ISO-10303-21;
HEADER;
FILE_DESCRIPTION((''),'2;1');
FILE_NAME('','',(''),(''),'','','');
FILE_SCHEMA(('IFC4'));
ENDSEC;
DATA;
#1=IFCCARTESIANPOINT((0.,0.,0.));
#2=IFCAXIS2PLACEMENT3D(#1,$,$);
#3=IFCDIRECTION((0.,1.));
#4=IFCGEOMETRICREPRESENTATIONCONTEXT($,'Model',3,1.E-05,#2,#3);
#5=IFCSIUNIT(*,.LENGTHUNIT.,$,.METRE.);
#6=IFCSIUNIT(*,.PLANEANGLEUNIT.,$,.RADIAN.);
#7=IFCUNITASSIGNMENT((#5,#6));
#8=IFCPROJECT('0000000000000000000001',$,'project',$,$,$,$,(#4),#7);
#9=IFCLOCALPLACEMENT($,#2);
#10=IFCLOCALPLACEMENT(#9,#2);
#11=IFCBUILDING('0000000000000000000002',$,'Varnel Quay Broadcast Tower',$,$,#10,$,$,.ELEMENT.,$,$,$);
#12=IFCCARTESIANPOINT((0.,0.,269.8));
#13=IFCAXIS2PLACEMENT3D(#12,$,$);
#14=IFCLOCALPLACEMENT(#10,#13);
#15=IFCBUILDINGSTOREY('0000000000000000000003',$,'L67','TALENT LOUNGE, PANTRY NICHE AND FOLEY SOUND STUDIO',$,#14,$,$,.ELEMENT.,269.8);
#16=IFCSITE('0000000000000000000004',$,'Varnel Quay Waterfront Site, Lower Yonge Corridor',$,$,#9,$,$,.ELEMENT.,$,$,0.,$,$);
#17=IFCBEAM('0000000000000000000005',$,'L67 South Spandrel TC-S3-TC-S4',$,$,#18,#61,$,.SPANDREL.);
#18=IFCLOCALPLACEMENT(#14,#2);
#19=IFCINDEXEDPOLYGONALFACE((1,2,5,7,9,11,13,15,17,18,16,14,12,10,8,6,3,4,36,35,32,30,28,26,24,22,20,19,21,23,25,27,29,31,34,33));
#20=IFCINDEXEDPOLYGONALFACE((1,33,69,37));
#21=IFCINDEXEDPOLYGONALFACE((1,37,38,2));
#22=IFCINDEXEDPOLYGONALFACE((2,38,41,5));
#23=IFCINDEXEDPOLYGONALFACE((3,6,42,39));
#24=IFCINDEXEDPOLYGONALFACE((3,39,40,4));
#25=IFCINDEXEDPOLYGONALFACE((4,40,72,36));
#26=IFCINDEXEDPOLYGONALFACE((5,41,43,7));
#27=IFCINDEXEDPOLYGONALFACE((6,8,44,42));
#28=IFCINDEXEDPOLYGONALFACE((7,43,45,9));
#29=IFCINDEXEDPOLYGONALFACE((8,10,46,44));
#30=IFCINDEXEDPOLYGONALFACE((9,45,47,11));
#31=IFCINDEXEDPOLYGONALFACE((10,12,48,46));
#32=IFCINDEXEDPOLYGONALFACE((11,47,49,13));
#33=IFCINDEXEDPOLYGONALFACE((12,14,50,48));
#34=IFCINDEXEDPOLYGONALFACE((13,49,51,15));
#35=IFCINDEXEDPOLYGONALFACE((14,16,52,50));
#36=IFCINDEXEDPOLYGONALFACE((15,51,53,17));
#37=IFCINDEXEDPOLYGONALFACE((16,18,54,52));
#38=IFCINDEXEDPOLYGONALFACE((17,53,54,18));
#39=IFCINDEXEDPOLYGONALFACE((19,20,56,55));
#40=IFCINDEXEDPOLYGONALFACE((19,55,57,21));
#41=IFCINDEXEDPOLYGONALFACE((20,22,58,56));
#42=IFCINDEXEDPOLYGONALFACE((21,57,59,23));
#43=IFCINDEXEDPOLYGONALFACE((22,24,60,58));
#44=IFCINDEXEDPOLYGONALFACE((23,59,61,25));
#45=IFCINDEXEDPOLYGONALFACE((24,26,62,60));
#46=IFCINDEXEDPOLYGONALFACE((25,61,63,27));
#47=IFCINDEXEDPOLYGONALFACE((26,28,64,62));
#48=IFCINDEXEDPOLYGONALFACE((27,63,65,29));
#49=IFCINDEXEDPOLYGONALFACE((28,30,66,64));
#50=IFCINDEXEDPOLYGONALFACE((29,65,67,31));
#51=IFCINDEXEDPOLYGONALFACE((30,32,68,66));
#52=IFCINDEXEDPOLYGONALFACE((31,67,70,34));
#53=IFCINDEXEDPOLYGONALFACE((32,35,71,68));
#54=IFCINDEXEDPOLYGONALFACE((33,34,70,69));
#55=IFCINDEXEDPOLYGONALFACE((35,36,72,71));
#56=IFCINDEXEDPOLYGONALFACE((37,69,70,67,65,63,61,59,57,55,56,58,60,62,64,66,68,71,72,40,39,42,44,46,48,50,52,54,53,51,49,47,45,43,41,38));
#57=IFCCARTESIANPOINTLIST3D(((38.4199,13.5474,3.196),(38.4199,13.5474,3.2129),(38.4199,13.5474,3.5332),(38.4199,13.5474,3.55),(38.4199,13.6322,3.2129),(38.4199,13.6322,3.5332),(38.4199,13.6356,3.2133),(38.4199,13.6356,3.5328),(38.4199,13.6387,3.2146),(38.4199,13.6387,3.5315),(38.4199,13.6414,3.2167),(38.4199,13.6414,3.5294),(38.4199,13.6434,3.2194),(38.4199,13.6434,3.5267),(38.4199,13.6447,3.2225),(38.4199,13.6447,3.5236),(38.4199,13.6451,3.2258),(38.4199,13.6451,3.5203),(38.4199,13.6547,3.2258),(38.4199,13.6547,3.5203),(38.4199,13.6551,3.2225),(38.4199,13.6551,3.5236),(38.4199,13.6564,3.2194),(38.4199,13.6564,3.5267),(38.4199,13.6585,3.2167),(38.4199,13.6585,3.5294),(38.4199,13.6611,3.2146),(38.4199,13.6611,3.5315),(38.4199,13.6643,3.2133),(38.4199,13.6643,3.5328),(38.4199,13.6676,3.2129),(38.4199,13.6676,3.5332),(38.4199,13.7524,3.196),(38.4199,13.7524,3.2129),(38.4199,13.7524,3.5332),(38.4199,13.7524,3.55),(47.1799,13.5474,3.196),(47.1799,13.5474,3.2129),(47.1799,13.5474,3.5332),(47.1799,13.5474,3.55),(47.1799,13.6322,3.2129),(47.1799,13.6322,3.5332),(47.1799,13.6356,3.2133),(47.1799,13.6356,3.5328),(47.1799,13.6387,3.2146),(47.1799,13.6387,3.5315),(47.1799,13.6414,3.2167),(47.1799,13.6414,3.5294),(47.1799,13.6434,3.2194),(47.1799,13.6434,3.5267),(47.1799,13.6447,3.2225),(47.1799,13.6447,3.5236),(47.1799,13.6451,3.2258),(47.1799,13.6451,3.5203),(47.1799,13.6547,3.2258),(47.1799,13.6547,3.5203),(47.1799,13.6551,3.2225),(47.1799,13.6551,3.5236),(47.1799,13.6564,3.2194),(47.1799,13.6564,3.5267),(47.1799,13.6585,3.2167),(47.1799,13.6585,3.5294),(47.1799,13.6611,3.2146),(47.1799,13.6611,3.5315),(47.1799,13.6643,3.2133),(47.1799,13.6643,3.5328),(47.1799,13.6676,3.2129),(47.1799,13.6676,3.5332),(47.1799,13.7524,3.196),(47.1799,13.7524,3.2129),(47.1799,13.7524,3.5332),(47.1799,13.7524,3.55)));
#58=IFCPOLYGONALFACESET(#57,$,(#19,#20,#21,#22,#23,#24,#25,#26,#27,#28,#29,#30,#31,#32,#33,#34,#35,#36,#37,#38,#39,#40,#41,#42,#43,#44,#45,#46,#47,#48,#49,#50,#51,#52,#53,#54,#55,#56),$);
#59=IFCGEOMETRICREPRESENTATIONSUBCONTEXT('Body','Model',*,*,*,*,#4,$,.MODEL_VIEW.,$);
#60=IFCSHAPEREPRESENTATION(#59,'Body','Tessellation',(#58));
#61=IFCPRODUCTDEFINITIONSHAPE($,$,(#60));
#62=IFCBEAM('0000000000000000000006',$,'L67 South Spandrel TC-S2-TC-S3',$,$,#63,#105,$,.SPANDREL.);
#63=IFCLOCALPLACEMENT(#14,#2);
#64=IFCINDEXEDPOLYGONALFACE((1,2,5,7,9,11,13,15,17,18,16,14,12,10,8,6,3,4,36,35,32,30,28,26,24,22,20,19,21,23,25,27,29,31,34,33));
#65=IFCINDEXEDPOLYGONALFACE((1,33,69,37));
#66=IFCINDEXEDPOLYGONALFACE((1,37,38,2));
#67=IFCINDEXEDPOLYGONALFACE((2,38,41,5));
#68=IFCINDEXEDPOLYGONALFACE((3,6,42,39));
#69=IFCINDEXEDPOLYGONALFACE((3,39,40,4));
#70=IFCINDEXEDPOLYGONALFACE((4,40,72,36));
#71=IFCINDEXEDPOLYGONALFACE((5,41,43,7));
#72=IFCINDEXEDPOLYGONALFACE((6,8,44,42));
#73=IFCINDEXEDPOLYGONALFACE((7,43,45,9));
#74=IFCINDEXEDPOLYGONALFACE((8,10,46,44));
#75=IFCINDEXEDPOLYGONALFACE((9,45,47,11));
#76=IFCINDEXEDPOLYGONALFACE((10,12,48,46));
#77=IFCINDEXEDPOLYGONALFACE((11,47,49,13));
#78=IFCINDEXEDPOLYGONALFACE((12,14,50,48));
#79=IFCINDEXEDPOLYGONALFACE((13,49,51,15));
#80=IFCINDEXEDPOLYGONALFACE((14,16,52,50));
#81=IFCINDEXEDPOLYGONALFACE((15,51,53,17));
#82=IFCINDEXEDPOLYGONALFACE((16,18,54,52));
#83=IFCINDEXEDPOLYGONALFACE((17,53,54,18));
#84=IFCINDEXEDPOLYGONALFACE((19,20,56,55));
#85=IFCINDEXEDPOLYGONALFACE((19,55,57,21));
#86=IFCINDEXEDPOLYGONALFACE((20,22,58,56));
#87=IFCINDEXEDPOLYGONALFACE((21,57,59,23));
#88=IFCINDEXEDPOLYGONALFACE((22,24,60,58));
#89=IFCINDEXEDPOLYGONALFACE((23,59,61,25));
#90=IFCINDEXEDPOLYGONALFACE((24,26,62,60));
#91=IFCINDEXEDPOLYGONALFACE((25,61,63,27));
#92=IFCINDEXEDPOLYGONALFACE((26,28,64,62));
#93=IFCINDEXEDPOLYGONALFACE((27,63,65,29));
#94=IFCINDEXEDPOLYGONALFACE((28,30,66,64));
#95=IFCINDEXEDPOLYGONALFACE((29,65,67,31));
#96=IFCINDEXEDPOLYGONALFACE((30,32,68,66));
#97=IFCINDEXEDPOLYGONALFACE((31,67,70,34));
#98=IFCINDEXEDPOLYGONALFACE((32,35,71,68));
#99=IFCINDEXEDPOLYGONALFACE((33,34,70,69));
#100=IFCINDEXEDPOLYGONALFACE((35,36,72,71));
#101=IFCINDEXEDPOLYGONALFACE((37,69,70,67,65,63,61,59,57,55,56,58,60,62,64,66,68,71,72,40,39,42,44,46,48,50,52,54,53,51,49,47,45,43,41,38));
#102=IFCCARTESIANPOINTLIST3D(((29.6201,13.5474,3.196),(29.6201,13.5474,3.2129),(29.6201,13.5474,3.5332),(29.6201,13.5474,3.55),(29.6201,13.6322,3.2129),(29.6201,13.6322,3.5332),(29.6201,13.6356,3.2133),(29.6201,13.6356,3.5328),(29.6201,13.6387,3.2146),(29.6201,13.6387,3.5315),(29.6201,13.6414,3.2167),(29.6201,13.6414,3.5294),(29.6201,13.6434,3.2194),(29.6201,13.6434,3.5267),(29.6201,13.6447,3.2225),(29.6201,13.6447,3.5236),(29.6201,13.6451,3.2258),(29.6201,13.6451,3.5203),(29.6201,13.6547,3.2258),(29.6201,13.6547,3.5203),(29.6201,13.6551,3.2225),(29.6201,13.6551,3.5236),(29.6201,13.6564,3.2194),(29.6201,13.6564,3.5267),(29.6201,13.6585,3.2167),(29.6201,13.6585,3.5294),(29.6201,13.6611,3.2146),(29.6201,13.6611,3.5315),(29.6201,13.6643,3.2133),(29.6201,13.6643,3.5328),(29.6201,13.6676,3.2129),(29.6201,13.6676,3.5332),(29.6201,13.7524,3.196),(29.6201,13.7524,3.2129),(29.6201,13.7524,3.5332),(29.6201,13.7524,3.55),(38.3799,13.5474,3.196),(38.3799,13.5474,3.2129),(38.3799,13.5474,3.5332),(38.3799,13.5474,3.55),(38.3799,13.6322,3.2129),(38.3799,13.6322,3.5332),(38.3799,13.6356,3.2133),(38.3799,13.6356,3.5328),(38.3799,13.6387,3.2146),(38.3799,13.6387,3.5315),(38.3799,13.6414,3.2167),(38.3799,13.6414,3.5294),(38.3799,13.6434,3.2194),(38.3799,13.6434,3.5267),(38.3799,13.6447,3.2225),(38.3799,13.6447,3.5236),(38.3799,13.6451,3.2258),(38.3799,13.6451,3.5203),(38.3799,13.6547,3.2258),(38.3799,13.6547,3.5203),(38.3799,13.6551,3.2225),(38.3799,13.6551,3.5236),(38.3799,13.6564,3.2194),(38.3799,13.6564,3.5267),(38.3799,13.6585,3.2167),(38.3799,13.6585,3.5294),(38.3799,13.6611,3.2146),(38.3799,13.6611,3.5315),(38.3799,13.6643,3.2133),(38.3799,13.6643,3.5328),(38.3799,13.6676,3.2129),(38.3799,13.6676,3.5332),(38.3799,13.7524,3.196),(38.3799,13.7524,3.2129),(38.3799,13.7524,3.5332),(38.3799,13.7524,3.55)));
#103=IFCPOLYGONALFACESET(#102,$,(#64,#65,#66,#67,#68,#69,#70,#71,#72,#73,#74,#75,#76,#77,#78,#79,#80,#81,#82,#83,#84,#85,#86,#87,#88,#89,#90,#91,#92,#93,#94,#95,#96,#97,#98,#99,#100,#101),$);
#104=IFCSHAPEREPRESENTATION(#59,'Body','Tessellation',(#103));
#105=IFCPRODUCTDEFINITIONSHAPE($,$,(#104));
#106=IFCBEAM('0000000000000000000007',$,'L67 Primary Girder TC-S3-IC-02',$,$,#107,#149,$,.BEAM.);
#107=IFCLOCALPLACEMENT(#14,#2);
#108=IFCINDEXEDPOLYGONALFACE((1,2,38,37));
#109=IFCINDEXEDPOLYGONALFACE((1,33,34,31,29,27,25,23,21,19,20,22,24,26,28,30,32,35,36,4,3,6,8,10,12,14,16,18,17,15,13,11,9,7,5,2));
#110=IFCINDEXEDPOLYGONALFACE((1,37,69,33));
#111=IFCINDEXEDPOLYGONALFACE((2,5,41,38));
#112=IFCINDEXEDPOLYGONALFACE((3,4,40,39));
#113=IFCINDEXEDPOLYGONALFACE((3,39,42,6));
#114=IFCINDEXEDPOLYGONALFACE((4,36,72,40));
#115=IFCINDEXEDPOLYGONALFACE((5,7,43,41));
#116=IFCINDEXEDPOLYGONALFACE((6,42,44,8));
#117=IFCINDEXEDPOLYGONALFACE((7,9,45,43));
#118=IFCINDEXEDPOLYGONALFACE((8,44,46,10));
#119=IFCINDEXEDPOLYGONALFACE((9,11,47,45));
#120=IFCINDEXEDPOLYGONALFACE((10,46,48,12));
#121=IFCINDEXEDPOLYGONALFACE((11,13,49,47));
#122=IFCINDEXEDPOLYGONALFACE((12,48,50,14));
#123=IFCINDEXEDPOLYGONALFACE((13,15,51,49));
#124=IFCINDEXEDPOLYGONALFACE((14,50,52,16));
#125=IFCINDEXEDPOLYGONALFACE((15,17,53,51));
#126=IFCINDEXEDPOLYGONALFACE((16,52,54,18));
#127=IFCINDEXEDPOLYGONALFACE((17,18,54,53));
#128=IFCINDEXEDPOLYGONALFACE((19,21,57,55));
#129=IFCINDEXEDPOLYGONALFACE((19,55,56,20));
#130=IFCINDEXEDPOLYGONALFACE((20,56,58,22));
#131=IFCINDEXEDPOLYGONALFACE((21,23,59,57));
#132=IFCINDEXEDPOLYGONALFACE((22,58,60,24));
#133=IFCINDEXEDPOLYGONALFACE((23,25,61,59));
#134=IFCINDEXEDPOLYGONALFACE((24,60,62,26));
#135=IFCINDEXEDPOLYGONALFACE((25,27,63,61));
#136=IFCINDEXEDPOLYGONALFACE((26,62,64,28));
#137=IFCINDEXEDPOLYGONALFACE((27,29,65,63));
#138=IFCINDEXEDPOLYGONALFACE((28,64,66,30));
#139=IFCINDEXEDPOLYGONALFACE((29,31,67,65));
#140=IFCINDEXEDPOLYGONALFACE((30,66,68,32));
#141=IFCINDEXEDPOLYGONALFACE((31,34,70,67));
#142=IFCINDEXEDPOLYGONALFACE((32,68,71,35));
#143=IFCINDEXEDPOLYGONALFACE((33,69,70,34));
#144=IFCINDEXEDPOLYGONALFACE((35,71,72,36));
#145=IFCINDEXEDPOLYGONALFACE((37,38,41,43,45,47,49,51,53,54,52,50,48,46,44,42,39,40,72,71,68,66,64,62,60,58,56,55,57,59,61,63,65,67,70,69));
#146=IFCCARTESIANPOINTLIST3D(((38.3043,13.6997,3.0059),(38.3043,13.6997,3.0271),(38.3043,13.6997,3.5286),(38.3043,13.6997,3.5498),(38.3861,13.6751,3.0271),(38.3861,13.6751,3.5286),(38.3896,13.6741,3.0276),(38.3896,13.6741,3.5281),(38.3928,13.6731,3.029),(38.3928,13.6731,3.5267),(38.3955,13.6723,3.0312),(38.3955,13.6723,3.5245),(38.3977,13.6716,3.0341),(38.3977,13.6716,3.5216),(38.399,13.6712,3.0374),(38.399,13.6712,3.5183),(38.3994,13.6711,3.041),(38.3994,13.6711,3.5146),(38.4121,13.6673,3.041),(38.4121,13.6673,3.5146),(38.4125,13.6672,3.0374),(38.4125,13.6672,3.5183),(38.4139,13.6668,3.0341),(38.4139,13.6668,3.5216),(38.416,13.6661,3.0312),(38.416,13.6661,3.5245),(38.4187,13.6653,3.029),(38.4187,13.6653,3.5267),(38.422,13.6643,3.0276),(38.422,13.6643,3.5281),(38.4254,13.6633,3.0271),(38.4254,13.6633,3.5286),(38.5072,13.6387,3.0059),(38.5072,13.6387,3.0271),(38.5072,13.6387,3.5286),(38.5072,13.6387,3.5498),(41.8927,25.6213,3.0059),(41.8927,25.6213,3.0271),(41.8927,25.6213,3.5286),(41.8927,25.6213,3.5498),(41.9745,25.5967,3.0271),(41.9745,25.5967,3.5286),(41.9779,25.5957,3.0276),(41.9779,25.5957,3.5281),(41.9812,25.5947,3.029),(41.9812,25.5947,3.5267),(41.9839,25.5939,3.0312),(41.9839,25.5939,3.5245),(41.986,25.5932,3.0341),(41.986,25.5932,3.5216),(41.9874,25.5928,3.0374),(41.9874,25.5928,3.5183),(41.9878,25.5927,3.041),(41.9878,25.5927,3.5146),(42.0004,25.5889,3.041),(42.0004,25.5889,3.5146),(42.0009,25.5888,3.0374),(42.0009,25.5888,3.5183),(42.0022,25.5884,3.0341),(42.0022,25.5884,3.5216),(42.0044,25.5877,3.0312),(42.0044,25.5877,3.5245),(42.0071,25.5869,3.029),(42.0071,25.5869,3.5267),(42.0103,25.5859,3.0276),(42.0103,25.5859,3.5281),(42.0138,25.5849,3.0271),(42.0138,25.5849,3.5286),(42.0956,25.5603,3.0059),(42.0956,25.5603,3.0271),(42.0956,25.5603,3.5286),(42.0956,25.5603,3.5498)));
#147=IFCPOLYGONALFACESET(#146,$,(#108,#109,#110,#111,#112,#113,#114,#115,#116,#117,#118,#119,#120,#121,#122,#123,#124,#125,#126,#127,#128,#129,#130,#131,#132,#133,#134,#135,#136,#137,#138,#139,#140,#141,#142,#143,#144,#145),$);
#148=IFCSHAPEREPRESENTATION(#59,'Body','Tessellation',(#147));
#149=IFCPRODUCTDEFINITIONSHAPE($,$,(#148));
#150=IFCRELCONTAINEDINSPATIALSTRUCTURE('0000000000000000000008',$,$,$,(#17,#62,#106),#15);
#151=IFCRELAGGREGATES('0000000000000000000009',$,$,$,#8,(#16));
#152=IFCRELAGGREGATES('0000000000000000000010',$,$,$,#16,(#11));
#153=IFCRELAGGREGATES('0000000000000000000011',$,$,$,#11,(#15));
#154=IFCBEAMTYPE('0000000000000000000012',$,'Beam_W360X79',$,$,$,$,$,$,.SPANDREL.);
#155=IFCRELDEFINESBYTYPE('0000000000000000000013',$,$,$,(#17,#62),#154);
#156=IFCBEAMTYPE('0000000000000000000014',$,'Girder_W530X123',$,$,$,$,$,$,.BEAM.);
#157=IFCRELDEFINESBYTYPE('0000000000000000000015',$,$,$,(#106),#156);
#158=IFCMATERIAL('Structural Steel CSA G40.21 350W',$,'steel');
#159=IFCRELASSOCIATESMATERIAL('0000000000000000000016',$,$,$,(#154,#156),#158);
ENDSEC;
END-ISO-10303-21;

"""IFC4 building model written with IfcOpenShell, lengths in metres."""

from ifc_helpers import new_model, si_unit, direction, frame, origin, origin_2d, place, context, subcontext, project, spatial, i_section, extrude, source, transform, mapped, material, material_profile, profile_set, type_object, type_shapes, element, save


model = new_model("IFC4")

# Units and contexts
model_context = context("Model", 3, precision=1e-05, world=origin(), true_north=direction((0.0, 1.0)))
body_context = subcontext(model_context, "Body", "Model", "MODEL_VIEW")
ifc_project = project(units=[si_unit("LENGTHUNIT", "METRE"), si_unit("PLANEANGLEUNIT", "RADIAN")], contexts=[model_context])

# Site, building, storey
site_placement = place(None, origin())
site = spatial("IfcSite", under=ifc_project, at=site_placement, Name="Varnel Quay Waterfront Site, Lower Yonge Corridor", CompositionType="ELEMENT", RefElevation=0.0)
building_placement = place(site_placement, origin())
building = spatial("IfcBuilding", under=site, at=building_placement, Name="Varnel Quay Broadcast Tower", CompositionType="ELEMENT")
storey_placement = place(building_placement, frame((0.0, 0.0, 269.8)))
storey = spatial("IfcBuildingStorey", under=building, at=storey_placement, Name="L67", Description="TALENT LOUNGE, PANTRY NICHE AND FOLEY SOUND STUDIO", CompositionType="ELEMENT", Elevation=269.8)

# Shared definitions
ifc_material_1 = material(Name="Structural Steel CSA G40.21 350W", Category="steel")

# Beams
ifc_material_profile_1 = material_profile(ifc_material_1, i_section(OverallWidth=0.2051, OverallDepth=0.354, WebThickness=0.0095, FlangeThickness=0.0168, FilletRadius=0.0129, at=origin_2d()), Name="W360X79")
ifc_profile_set_1 = profile_set([ifc_material_profile_1], Name="Structural Steel CSA G40.21 350W")
beam_type_1 = type_object("IfcBeamType", Name="Beam_W360X79", PredefinedType="SPANDREL", material=ifc_profile_set_1)
shared_shape_1 = source(origin(), body_context, "Body", "SweptSolid", [
    extrude(i_section(OverallWidth=0.2051, OverallDepth=0.354, WebThickness=0.0095, FlangeThickness=0.0168, FilletRadius=0.0129, at=origin_2d()), origin(), (0.0, 0.0, 1.0), 8.76),
])
beam_1_placement = place(storey_placement, frame((38.4199, 13.6499, 3.373), z_axis=(1.0, 0.0, 0.0), x_axis=(0.0, 1.0, 0.0)))
element("IfcBeam", 1, at=beam_1_placement, inside=storey, type_object=beam_type_1, Name="L67 South Spandrel TC-S3-TC-S4", PredefinedType="SPANDREL", context=body_context, shape_type="MappedRepresentation", body=[
    mapped(shared_shape_1, transform((0.0, 0.0, 0.0), x_axis=(1.0, 0.0, 0.0), y_axis=(0.0, 1.0, 0.0), z_axis=(0.0, 0.0, 1.0), scale=1.0)),
])
shared_shape_2 = source(origin(), body_context, "Body", "SweptSolid", [
    extrude(i_section(OverallWidth=0.2051, OverallDepth=0.354, WebThickness=0.0095, FlangeThickness=0.0168, FilletRadius=0.0129, at=origin_2d()), origin(), (0.0, 0.0, 1.0), 8.7598),
])
type_shapes(beam_type_1, [shared_shape_1, shared_shape_2])
beam_2_placement = place(storey_placement, frame((29.6201, 13.6499, 3.373), z_axis=(1.0, 0.0, 0.0), x_axis=(0.0, 1.0, 0.0)))
element("IfcBeam", 2, at=beam_2_placement, inside=storey, type_object=beam_type_1, Name="L67 South Spandrel TC-S2-TC-S3", PredefinedType="SPANDREL", context=body_context, shape_type="MappedRepresentation", body=[
    mapped(shared_shape_2, transform((0.0, 0.0, 0.0), x_axis=(1.0, 0.0, 0.0), y_axis=(0.0, 1.0, 0.0), z_axis=(0.0, 0.0, 1.0), scale=1.0)),
])
ifc_material_profile_2 = material_profile(ifc_material_1, i_section(OverallWidth=0.2119, OverallDepth=0.5439, WebThickness=0.0132, FlangeThickness=0.0212, FilletRadius=0.0139, at=origin_2d()), Name="W530X123")
ifc_profile_set_2 = profile_set([ifc_material_profile_2], Name="Structural Steel CSA G40.21 350W")
beam_type_2 = type_object("IfcBeamType", Name="Girder_W530X123", PredefinedType="BEAM", material=ifc_profile_set_2)
shared_shape_3 = source(origin(), body_context, "Body", "SweptSolid", [
    extrude(i_section(OverallWidth=0.2119, OverallDepth=0.5439, WebThickness=0.0132, FlangeThickness=0.0212, FilletRadius=0.0139, at=origin_2d()), origin(), (0.0, 0.0, 1.0), 12.45),
])
beam_3_placement = place(storey_placement, frame((38.4058, 13.6692, 3.2778), z_axis=(0.288224, 0.957563, 0.0), x_axis=(-0.957563, 0.288224, 0.0)))
element("IfcBeam", 3, at=beam_3_placement, inside=storey, type_object=beam_type_2, Name="L67 Primary Girder TC-S3-IC-02", PredefinedType="BEAM", context=body_context, shape_type="MappedRepresentation", body=[
    mapped(shared_shape_3, transform((0.0, 0.0, 0.0), x_axis=(1.0, 0.0, 0.0), y_axis=(0.0, 1.0, 0.0), z_axis=(0.0, 0.0, 1.0), scale=1.0)),
])

save(model, "model.ifc")
